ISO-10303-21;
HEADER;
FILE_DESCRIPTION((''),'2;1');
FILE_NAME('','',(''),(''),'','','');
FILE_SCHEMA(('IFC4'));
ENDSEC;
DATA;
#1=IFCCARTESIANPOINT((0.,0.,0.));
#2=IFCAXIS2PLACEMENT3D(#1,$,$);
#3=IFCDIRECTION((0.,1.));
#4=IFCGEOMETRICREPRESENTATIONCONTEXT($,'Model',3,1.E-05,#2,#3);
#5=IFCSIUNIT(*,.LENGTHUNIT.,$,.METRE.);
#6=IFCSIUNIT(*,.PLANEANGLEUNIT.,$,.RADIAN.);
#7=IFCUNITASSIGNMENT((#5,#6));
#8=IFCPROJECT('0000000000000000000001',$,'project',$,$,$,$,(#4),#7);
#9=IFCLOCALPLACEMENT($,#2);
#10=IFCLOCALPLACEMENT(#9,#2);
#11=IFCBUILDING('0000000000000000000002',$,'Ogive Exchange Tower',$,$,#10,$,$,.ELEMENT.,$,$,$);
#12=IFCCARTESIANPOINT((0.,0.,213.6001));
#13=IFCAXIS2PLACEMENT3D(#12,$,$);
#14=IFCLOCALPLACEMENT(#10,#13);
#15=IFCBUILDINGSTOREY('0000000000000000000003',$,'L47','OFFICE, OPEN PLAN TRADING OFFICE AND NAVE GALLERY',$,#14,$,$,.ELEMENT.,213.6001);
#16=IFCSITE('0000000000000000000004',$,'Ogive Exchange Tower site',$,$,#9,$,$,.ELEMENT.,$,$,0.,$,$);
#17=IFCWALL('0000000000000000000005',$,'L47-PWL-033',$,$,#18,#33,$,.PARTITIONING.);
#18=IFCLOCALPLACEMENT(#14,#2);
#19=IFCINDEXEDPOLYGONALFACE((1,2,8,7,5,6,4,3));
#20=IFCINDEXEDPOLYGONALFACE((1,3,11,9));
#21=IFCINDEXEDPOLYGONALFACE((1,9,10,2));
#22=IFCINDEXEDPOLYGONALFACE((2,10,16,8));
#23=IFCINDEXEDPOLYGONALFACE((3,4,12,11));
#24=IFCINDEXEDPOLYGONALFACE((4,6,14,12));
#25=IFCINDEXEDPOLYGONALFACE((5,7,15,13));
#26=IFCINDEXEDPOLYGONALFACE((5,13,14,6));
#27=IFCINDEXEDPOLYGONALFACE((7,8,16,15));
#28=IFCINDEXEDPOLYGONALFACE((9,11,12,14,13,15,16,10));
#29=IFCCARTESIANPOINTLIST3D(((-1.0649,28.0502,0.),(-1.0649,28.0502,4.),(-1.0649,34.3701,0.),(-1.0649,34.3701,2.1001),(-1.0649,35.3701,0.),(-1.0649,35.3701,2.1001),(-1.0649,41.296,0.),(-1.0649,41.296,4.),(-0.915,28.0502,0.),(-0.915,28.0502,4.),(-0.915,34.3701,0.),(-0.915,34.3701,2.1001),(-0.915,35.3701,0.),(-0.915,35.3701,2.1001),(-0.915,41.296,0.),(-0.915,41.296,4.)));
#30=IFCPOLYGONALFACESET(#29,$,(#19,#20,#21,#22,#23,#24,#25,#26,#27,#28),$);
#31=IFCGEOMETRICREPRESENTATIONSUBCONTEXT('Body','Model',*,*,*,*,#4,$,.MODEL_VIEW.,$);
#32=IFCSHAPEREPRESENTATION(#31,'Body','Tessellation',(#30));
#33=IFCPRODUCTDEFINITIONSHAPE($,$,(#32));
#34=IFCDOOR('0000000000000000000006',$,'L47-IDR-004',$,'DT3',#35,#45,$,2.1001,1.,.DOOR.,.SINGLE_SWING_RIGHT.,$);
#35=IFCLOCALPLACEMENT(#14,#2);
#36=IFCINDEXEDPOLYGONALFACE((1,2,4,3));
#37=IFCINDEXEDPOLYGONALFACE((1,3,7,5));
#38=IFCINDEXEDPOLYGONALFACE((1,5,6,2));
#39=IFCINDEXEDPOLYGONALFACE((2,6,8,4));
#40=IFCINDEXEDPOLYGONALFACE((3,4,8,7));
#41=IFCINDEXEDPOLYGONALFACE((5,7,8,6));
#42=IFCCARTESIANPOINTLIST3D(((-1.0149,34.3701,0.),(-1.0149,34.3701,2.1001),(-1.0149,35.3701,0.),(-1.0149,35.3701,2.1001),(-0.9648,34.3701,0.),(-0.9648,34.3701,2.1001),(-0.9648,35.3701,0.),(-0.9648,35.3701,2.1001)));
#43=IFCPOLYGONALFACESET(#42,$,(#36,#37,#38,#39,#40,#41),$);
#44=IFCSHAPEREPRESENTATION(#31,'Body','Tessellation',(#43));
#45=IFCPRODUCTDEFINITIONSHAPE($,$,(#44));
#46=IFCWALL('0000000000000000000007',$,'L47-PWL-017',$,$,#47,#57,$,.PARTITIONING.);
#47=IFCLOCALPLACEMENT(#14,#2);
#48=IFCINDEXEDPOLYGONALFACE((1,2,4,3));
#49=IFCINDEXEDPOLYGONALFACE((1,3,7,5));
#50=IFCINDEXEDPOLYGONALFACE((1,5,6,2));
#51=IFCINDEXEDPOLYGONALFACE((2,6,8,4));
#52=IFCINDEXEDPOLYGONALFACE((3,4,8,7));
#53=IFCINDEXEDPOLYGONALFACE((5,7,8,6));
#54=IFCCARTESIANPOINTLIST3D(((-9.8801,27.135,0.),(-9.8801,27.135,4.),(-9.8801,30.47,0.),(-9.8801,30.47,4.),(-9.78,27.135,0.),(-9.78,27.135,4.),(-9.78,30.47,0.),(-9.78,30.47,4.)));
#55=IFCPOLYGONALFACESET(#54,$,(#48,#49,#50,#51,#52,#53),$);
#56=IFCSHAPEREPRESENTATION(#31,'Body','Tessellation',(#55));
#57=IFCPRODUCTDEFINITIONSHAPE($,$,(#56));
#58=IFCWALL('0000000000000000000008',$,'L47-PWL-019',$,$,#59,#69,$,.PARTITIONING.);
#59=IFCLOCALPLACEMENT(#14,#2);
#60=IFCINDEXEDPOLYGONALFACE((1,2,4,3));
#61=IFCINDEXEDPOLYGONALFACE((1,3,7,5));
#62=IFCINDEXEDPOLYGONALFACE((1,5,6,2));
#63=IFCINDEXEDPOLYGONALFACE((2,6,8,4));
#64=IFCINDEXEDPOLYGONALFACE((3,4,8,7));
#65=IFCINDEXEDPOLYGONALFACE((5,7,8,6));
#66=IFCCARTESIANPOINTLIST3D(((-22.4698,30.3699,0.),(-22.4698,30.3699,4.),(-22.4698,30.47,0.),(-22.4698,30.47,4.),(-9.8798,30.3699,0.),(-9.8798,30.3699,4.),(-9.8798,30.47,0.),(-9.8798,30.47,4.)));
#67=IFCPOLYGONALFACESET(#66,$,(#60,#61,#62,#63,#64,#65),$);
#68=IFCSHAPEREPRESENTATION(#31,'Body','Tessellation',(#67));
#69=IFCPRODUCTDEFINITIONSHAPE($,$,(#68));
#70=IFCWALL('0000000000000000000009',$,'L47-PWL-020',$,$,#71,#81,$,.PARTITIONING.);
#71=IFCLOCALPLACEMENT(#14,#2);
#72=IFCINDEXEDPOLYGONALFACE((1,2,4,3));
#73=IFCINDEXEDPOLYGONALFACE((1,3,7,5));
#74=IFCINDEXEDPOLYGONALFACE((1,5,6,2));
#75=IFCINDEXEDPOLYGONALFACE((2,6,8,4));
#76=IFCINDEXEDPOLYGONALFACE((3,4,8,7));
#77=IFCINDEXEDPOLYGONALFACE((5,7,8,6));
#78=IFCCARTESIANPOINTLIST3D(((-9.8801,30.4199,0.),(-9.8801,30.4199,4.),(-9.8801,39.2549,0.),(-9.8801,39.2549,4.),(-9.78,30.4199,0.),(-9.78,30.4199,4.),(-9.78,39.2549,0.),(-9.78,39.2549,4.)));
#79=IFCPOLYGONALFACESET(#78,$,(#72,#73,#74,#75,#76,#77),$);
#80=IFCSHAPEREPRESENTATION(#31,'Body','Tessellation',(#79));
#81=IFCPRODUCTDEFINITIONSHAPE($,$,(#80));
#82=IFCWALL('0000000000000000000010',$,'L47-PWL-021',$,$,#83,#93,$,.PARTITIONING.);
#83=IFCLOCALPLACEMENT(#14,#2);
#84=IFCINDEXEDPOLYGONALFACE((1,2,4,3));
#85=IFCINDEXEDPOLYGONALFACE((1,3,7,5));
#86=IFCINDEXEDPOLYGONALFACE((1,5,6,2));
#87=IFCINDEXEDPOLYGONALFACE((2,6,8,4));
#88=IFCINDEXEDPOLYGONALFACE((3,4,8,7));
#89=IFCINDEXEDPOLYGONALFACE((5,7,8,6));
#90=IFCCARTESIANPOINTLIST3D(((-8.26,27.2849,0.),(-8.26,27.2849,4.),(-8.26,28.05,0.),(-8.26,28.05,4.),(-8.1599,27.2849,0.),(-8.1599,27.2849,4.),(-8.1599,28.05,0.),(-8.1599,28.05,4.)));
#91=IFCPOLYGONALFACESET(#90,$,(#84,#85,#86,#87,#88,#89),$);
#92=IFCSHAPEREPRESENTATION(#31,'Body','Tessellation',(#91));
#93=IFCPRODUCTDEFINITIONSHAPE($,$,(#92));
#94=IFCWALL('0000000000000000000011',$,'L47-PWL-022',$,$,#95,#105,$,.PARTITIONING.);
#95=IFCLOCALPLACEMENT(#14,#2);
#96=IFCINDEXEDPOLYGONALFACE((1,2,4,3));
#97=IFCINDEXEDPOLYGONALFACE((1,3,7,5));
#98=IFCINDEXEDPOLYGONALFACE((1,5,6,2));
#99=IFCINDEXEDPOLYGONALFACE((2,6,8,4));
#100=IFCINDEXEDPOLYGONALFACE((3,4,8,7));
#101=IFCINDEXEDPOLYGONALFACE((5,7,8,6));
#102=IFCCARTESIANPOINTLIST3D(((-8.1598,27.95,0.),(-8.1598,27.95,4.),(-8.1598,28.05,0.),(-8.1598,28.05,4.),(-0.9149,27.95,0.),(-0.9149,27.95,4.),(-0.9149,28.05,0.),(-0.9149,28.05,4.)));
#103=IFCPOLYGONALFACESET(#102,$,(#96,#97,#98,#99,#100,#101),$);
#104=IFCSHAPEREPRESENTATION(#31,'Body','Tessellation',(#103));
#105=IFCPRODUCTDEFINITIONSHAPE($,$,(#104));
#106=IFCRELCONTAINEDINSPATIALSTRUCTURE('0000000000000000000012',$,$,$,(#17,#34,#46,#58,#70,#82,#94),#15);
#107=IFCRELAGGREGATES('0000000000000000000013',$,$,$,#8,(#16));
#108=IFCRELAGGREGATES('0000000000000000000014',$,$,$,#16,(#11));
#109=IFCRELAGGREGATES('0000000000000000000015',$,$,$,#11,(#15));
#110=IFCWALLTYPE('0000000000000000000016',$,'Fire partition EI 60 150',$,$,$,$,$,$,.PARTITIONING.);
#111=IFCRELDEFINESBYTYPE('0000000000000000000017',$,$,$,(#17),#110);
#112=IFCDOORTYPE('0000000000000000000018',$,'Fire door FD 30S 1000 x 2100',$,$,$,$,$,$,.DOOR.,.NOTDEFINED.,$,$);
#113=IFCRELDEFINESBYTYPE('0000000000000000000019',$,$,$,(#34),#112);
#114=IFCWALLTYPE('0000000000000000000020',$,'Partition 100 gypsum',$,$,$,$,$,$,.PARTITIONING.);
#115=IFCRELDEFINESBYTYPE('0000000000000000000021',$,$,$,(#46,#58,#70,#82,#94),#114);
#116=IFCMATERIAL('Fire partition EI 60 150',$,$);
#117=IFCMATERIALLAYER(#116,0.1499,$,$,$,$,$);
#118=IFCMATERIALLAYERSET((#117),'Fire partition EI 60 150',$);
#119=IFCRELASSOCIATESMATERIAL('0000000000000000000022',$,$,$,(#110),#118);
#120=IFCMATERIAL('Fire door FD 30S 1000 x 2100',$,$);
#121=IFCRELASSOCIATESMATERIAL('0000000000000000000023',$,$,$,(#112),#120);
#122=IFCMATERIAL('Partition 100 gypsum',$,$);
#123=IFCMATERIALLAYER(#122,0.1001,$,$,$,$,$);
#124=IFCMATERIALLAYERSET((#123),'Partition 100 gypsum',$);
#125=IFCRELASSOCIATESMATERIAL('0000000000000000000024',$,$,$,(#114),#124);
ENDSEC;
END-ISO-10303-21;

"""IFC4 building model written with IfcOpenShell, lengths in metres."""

from ifc_helpers import new_model, si_unit, direction, frame, frame_2d, origin, place, context, subcontext, project, spatial, rectangle, extrude, material, layer, layer_set, type_object, element, fill, save


model = new_model("IFC4")

# Units and contexts
model_context = context("Model", 3, precision=1e-05, world=origin(), true_north=direction((0.0, 1.0)))
body_context = subcontext(model_context, "Body", "Model", "MODEL_VIEW")
ifc_project = project(units=[si_unit("LENGTHUNIT", "METRE"), si_unit("PLANEANGLEUNIT", "RADIAN")], contexts=[model_context])

# Site, building, storey
site_placement = place(None, origin())
site = spatial("IfcSite", under=ifc_project, at=site_placement, Name="Ogive Exchange Tower site", CompositionType="ELEMENT", RefElevation=0.0)
building_placement = place(site_placement, origin())
building = spatial("IfcBuilding", under=site, at=building_placement, Name="Ogive Exchange Tower", CompositionType="ELEMENT")
storey_placement = place(building_placement, frame((0.0, 0.0, 213.6001)))
storey = spatial("IfcBuildingStorey", under=building, at=storey_placement, Name="L47", Description="OFFICE, OPEN PLAN TRADING OFFICE AND NAVE GALLERY", CompositionType="ELEMENT", Elevation=213.6001)

# Shared definitions
ifc_material_1 = material(Name="Fire partition EI 60 150")
ifc_layer_1 = layer(ifc_material_1, 0.1499)
ifc_layer_set_1 = layer_set([ifc_layer_1], Name="Fire partition EI 60 150")
wall_type_1 = type_object("IfcWallType", Name="Fire partition EI 60 150", PredefinedType="PARTITIONING", material=ifc_layer_set_1)

# Wall, opening, door
wall_1_placement = place(storey_placement, frame((-0.99, 28.05, 0.0), z_axis=(0.0, 0.0, 1.0), x_axis=(0.0, 1.0, 0.0)))
wall_1 = element("IfcWall", 1, at=wall_1_placement, inside=storey, type_object=wall_type_1, Name="L47-PWL-033", PredefinedType="PARTITIONING", context=body_context, shape_type="SweptSolid", body=[
    extrude(rectangle(XDim=13.2458, YDim=0.1499, at=frame_2d((6.623, 0.0))), origin(), (0.0, 0.0, 1.0), 4.0),
])
opening_placement = place(wall_1_placement, frame((6.3201, 0.0, 0.0)))
opening = element("IfcOpeningElement", 2, at=opening_placement, cuts=wall_1, PredefinedType="OPENING", context=body_context, shape_type="SweptSolid", body=[
    extrude(rectangle(XDim=1.0, YDim=2.1001, at=frame_2d((0.5, 1.05))), frame((0.0, 0.085, 0.0), z_axis=(0.0, -1.0, 0.0), x_axis=(1.0, 0.0, 0.0)), (0.0, 0.0, 1.0), 0.1699),
])
ifc_material_2 = material(Name="Fire door FD 30S 1000 x 2100")
door_type = type_object("IfcDoorType", Name="Fire door FD 30S 1000 x 2100", OperationType="NOTDEFINED", PredefinedType="DOOR", material=ifc_material_2)
door_placement = place(opening_placement, origin())
door = element("IfcDoor", 3, at=door_placement, inside=storey, type_object=door_type, Name="L47-IDR-004", ObjectType="DT3", OperationType="SINGLE_SWING_RIGHT", OverallHeight=2.1001, OverallWidth=1.0, PredefinedType="DOOR", context=body_context, shape_type="SweptSolid", body=[
    extrude(rectangle(XDim=1.0, YDim=2.1001, at=frame_2d((0.5, 1.05))), frame((0.0, 0.0249, 0.0), z_axis=(0.0, -1.0, 0.0), x_axis=(1.0, 0.0, 0.0)), (0.0, 0.0, 1.0), 0.05),
])
fill(opening, door)

# Walls
ifc_material_3 = material(Name="Partition 100 gypsum")
ifc_layer_2 = layer(ifc_material_3, 0.1001)
ifc_layer_set_2 = layer_set([ifc_layer_2], Name="Partition 100 gypsum")
wall_type_2 = type_object("IfcWallType", Name="Partition 100 gypsum", PredefinedType="PARTITIONING", material=ifc_layer_set_2)
wall_2_placement = place(storey_placement, frame((-9.8301, 27.135, 0.0), z_axis=(0.0, 0.0, 1.0), x_axis=(0.0, 1.0, 0.0)))
element("IfcWall", 4, at=wall_2_placement, inside=storey, type_object=wall_type_2, Name="L47-PWL-017", PredefinedType="PARTITIONING", context=body_context, shape_type="SweptSolid", body=[
    extrude(rectangle(XDim=3.335, YDim=0.1001, at=frame_2d((1.6675, 0.0))), origin(), (0.0, 0.0, 1.0), 4.0),
])
wall_3_placement = place(storey_placement, frame((-9.8799, 30.4199, 0.0), z_axis=(0.0, 0.0, 1.0), x_axis=(-1.0, 0.0, 0.0)))
element("IfcWall", 5, at=wall_3_placement, inside=storey, type_object=wall_type_2, Name="L47-PWL-019", PredefinedType="PARTITIONING", context=body_context, shape_type="SweptSolid", body=[
    extrude(rectangle(XDim=12.5901, YDim=0.1001, at=frame_2d((6.2949, 0.0))), origin(), (0.0, 0.0, 1.0), 4.0),
])
wall_4_placement = place(storey_placement, frame((-9.8301, 30.4199, 0.0), z_axis=(0.0, 0.0, 1.0), x_axis=(0.0, 1.0, 0.0)))
element("IfcWall", 6, at=wall_4_placement, inside=storey, type_object=wall_type_2, Name="L47-PWL-020", PredefinedType="PARTITIONING", context=body_context, shape_type="SweptSolid", body=[
    extrude(rectangle(XDim=8.835, YDim=0.1001, at=frame_2d((4.4175, 0.0))), origin(), (0.0, 0.0, 1.0), 4.0),
])
wall_5_placement = place(storey_placement, frame((-8.21, 27.2849, 0.0), z_axis=(0.0, 0.0, 1.0), x_axis=(0.0, 1.0, 0.0)))
element("IfcWall", 7, at=wall_5_placement, inside=storey, type_object=wall_type_2, Name="L47-PWL-021", PredefinedType="PARTITIONING", context=body_context, shape_type="SweptSolid", body=[
    extrude(rectangle(XDim=0.7651, YDim=0.1001, at=frame_2d((0.3826, 0.0))), origin(), (0.0, 0.0, 1.0), 4.0),
])
wall_6_placement = place(storey_placement, frame((-8.1599, 28.0, 0.0), z_axis=(0.0, 0.0, 1.0), x_axis=(1.0, 0.0, 0.0)))
element("IfcWall", 8, at=wall_6_placement, inside=storey, type_object=wall_type_2, Name="L47-PWL-022", PredefinedType="PARTITIONING", context=body_context, shape_type="SweptSolid", body=[
    extrude(rectangle(XDim=7.2449, YDim=0.1001, at=frame_2d((3.6226, 0.0))), origin(), (0.0, 0.0, 1.0), 4.0),
])

save(model, "model.ifc")
